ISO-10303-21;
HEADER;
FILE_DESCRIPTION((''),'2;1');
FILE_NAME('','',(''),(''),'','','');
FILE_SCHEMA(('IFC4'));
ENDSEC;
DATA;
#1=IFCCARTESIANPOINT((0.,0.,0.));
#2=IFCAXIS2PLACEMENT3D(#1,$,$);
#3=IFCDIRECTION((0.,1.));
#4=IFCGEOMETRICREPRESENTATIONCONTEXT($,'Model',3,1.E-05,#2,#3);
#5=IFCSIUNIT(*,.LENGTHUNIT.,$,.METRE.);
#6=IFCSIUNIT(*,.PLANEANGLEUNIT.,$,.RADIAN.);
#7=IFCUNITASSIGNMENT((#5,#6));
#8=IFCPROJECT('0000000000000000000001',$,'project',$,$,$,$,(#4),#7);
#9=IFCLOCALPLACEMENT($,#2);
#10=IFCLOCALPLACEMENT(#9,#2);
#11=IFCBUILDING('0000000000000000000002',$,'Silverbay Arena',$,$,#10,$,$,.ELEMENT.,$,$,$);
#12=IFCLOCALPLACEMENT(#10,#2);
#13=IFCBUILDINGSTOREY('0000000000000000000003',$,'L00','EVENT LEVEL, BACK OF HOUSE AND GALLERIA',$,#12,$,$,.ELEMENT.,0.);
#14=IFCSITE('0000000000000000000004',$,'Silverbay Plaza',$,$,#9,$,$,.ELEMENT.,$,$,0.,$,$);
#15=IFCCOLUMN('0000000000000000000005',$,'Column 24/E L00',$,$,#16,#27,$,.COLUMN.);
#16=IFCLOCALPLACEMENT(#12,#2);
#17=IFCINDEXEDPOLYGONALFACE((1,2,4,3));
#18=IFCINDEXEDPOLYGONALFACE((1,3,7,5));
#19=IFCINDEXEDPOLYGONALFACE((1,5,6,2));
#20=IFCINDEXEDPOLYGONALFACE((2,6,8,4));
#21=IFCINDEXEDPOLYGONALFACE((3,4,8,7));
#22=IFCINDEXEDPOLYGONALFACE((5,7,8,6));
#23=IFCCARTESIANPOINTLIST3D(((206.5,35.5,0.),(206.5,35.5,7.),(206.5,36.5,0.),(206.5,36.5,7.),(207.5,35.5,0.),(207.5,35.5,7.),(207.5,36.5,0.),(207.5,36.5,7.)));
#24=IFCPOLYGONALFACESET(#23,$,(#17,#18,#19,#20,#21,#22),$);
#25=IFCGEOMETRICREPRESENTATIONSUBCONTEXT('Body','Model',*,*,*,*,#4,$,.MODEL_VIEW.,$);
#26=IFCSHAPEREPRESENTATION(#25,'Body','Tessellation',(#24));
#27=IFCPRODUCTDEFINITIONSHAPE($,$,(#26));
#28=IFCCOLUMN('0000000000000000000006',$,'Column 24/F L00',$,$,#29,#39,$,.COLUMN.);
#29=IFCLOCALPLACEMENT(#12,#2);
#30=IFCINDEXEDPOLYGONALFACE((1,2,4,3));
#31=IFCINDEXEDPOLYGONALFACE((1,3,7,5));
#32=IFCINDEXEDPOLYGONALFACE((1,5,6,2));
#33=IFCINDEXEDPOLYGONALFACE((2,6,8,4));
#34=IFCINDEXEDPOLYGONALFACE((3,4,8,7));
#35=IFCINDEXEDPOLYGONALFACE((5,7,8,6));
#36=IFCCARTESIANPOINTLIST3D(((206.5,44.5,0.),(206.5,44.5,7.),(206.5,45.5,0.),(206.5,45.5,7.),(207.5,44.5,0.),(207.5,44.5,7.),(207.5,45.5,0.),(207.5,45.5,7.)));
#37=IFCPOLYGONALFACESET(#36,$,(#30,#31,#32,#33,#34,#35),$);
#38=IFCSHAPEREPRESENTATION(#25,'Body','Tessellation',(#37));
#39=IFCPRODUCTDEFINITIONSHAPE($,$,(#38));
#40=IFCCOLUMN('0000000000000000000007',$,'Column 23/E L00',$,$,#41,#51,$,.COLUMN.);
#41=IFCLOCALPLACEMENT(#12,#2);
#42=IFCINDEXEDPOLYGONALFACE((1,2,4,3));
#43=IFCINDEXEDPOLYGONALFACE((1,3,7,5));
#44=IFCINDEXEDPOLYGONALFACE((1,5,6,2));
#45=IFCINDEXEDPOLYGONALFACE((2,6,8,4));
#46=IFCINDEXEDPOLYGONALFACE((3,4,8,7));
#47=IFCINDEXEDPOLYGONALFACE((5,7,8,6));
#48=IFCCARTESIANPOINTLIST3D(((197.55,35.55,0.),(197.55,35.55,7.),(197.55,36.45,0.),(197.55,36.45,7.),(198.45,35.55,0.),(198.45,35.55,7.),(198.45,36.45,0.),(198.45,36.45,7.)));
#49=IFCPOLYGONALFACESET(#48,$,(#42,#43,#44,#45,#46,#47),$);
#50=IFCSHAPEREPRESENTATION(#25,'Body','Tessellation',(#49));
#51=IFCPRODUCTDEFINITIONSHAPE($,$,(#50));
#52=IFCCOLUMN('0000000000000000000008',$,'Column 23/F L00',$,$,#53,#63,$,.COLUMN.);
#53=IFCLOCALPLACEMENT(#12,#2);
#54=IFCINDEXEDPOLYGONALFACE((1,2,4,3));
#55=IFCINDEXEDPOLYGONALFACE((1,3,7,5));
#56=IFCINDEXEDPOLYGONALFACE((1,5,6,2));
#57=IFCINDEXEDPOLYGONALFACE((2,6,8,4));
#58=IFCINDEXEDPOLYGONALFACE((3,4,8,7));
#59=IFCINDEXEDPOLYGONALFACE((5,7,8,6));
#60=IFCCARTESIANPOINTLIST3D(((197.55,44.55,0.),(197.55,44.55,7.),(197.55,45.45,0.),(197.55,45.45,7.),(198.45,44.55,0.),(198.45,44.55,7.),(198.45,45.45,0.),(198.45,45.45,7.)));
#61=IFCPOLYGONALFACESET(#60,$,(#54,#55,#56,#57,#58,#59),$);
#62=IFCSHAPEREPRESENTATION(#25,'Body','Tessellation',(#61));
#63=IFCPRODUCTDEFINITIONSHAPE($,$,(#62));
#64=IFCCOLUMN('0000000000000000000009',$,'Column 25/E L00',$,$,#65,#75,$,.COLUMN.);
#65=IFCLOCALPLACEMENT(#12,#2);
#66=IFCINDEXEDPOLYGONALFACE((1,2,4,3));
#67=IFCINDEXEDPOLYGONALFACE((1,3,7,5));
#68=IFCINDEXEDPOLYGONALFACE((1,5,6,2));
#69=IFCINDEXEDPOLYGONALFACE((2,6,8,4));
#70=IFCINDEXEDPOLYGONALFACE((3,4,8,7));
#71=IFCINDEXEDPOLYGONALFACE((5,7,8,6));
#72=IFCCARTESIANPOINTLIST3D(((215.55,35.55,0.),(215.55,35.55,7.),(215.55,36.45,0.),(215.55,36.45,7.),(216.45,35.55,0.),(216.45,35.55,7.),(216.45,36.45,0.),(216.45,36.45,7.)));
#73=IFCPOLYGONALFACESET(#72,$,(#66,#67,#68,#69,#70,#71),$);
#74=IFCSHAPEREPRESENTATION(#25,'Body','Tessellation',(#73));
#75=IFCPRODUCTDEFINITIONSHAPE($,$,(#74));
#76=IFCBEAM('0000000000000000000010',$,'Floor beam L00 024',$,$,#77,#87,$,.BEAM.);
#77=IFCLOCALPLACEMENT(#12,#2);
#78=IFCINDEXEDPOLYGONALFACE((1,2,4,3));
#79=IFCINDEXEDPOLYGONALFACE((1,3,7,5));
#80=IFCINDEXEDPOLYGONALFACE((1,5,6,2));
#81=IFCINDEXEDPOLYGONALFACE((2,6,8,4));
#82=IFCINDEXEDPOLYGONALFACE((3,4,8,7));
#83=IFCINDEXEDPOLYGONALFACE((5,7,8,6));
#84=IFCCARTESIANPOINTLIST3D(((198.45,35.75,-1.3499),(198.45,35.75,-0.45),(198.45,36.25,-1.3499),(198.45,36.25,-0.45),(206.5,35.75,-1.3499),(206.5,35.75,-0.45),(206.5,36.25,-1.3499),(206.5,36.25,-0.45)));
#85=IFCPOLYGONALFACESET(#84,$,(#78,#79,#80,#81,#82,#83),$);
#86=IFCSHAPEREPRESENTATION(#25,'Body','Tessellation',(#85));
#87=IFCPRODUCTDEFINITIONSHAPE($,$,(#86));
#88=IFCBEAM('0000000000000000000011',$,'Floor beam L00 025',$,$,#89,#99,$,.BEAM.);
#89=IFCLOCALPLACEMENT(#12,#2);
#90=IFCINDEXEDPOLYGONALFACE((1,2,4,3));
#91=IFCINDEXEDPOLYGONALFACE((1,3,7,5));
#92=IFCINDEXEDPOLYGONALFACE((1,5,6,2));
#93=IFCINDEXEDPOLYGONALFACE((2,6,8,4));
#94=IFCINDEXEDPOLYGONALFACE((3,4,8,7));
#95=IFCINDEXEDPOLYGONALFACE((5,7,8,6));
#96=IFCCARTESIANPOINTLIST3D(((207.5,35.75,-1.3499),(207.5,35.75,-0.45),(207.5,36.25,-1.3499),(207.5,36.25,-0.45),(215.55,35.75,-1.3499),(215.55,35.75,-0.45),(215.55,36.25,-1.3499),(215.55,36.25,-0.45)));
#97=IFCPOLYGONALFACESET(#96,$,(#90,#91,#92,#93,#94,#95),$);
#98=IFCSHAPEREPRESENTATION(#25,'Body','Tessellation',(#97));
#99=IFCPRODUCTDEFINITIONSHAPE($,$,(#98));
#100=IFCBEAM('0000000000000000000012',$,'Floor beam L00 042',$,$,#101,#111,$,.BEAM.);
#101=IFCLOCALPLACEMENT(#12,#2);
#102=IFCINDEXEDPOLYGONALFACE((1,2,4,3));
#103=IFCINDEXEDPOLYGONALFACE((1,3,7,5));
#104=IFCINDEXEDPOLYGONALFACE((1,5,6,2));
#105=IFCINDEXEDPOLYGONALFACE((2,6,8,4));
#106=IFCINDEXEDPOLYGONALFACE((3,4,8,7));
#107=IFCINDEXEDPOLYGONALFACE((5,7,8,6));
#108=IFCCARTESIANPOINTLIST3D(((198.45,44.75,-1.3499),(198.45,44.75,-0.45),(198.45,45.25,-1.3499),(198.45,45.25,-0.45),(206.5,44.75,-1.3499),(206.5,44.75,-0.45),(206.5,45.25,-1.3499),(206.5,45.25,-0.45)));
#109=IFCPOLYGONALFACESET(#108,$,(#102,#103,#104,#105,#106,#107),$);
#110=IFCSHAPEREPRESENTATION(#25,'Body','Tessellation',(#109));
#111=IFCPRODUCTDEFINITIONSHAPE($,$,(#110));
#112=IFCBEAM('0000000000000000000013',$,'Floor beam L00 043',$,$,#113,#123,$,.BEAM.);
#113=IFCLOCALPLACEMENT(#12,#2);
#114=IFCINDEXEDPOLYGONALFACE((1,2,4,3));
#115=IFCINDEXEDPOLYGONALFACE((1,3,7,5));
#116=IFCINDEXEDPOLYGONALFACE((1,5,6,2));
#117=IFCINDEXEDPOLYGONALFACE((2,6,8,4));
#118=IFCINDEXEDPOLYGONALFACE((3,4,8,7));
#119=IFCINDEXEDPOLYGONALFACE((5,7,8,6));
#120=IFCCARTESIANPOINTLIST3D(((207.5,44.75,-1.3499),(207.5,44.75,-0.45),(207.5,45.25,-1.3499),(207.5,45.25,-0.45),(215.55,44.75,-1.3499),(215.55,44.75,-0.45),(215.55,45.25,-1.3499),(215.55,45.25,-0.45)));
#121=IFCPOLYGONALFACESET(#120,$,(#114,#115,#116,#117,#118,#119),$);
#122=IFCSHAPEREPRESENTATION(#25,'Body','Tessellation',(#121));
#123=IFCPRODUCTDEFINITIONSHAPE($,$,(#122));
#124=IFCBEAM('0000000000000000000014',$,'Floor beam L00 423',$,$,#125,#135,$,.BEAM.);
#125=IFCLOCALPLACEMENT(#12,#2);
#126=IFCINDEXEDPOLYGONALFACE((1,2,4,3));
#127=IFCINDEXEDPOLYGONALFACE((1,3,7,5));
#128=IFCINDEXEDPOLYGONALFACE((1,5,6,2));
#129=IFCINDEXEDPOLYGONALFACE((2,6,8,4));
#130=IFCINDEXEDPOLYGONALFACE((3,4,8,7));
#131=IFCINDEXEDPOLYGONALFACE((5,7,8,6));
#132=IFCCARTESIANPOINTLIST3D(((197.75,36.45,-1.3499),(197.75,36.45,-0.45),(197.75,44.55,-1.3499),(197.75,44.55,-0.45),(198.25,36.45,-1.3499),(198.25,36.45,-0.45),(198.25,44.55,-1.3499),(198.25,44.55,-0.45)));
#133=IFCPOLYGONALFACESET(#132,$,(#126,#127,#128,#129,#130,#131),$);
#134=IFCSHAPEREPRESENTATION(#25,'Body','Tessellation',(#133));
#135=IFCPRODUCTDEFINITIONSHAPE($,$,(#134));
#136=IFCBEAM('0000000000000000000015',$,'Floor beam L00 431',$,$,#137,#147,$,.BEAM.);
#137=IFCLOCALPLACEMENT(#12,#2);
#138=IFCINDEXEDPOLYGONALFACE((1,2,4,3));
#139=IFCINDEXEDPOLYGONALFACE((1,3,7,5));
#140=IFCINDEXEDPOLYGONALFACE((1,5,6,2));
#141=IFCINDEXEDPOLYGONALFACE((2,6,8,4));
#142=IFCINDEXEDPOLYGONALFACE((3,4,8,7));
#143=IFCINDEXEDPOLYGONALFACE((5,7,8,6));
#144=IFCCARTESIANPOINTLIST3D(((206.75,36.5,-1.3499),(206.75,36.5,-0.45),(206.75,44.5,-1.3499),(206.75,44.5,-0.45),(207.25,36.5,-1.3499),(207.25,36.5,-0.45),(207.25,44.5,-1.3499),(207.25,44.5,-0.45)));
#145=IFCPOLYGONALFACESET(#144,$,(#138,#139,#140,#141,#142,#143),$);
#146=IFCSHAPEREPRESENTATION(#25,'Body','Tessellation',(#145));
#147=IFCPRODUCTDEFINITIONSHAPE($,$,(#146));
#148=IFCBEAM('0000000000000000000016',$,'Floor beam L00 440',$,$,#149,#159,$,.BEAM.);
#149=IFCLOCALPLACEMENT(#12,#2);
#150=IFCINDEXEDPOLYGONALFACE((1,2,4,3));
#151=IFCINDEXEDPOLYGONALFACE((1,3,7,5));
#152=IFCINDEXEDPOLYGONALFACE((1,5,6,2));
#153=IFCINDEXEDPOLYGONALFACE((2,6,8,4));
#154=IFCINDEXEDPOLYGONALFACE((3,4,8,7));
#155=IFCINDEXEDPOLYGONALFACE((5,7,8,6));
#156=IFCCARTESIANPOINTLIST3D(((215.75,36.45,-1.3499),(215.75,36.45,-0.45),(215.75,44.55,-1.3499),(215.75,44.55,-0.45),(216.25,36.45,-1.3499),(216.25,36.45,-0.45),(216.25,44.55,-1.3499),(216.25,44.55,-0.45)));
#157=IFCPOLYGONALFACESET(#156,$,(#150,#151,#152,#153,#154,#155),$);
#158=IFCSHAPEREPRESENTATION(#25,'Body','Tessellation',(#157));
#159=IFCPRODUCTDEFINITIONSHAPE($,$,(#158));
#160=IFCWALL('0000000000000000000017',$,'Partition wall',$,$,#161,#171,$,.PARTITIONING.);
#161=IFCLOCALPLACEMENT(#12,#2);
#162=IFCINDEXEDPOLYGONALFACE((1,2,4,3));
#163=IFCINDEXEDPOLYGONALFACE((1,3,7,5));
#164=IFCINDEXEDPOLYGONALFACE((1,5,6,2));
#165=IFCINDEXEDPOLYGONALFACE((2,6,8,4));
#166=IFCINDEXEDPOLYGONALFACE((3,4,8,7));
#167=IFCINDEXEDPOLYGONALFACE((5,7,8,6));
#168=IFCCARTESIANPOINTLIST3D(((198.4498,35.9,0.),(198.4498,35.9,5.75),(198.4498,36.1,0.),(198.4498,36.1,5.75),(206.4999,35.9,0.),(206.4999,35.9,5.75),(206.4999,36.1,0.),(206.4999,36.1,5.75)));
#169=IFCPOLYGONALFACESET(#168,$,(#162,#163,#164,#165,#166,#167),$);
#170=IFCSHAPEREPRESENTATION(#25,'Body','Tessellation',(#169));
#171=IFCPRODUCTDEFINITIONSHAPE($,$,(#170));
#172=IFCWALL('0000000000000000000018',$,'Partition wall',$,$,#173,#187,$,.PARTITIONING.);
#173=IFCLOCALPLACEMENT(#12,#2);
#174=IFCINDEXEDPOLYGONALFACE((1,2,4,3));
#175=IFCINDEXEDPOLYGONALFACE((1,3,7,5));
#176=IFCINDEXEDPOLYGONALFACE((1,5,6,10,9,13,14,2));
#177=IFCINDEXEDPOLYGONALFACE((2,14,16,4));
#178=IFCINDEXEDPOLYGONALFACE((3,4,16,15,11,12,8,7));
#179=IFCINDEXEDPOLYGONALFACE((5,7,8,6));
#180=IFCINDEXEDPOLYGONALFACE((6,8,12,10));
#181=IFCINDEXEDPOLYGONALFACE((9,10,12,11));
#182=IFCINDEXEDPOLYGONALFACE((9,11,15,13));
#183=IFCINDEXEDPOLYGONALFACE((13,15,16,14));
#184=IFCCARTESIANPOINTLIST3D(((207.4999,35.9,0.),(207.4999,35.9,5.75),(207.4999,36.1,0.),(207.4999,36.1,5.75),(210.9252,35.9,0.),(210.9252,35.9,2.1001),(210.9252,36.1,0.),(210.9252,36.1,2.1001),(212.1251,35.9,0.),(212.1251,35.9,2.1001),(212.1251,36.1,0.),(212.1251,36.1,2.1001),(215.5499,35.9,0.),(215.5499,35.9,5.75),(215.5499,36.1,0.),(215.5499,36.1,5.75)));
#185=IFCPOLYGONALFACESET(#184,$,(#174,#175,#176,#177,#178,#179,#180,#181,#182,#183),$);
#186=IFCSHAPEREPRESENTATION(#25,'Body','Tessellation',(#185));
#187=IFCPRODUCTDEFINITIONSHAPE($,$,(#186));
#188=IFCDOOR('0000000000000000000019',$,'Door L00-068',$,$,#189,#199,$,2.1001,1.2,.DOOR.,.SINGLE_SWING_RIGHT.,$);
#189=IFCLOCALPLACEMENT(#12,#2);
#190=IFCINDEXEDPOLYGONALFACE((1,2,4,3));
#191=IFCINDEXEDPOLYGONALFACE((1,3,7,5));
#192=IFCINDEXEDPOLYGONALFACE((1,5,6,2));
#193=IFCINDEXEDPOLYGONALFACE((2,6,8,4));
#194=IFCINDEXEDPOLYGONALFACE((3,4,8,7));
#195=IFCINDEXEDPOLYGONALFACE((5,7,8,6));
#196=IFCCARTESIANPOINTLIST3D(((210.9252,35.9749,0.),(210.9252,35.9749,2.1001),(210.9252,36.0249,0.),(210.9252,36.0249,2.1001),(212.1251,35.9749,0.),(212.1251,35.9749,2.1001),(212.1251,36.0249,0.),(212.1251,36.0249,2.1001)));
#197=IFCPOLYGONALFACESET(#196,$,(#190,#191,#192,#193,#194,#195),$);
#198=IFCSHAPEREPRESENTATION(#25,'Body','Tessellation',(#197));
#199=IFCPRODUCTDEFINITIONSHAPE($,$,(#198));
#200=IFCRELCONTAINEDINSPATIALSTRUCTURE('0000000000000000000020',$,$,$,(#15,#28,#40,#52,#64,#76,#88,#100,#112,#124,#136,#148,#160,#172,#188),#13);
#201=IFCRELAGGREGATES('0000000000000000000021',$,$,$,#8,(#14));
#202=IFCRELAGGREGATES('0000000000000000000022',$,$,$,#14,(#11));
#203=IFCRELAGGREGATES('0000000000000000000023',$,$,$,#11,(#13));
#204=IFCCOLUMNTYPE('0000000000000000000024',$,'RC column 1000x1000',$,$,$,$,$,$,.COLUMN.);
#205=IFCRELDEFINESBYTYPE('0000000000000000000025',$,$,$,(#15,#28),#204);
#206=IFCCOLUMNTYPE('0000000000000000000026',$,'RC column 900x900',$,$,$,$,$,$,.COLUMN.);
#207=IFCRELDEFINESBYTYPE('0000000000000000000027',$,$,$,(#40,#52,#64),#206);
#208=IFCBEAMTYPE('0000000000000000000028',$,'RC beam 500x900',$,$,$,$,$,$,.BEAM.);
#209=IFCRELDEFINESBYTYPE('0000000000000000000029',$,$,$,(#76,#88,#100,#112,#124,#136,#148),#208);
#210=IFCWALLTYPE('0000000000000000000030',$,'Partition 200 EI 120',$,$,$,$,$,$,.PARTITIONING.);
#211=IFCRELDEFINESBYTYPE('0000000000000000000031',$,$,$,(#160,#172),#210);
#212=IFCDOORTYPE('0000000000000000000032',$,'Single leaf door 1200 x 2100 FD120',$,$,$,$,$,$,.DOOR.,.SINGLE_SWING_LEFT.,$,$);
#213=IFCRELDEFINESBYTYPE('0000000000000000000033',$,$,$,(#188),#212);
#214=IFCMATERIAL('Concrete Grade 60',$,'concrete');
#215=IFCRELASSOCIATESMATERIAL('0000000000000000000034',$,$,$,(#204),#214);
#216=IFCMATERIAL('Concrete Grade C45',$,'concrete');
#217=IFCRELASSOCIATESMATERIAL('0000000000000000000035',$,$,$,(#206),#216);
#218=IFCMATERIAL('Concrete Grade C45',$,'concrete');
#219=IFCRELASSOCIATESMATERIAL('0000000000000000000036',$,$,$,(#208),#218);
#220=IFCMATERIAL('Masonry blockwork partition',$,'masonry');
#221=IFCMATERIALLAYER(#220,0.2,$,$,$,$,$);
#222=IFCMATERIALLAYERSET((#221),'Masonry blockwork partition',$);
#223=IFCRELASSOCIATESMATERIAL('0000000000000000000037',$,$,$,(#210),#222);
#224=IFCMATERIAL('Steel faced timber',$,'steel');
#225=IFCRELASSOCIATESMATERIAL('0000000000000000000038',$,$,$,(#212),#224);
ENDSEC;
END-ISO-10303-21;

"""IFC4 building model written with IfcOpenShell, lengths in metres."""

from ifc_helpers import new_model, si_unit, direction, frame, frame_2d, origin, origin_2d, place, context, subcontext, project, spatial, rectangle, extrude, material, layer, layer_set, material_profile, profile_set, type_object, element, fill, save


model = new_model("IFC4")

# Units and contexts
model_context = context("Model", 3, precision=1e-05, world=origin(), true_north=direction((0.0, 1.0)))
body_context = subcontext(model_context, "Body", "Model", "MODEL_VIEW")
ifc_project = project(units=[si_unit("LENGTHUNIT", "METRE"), si_unit("PLANEANGLEUNIT", "RADIAN")], contexts=[model_context])

# Site, building, storey
site_placement = place(None, origin())
site = spatial("IfcSite", under=ifc_project, at=site_placement, Name="Silverbay Plaza", CompositionType="ELEMENT", RefElevation=0.0)
building_placement = place(site_placement, origin())
building = spatial("IfcBuilding", under=site, at=building_placement, Name="Silverbay Arena", CompositionType="ELEMENT")
storey_placement = place(building_placement, origin())
storey = spatial("IfcBuildingStorey", under=building, at=storey_placement, Name="L00", Description="EVENT LEVEL, BACK OF HOUSE AND GALLERIA", CompositionType="ELEMENT", Elevation=0.0)

# Columns
ifc_material_1 = material(Name="Concrete Grade 60", Category="concrete")
ifc_material_profile_1 = material_profile(ifc_material_1, rectangle(XDim=1.0, YDim=1.0, at=origin_2d()), Name="RC 1000x1000")
ifc_profile_set_1 = profile_set([ifc_material_profile_1], Name="Concrete Grade 60")
column_type_1 = type_object("IfcColumnType", Name="RC column 1000x1000", PredefinedType="COLUMN", material=ifc_profile_set_1)
for number, where, z_axis, x_axis, name in (
    (1, (207.0, 36.0, 0.0), (0.0, 0.0, 1.0), (1.0, 0.0, 0.0), "Column 24/E L00"),
    (2, (207.0, 45.0, 0.0), (0.0, 0.0, 1.0), (1.0, 0.0, 0.0), "Column 24/F L00"),
):
    element("IfcColumn", number, at=place(storey_placement, frame(where, z_axis=z_axis, x_axis=x_axis)), inside=storey, type_object=column_type_1, Name=name, PredefinedType="COLUMN", context=body_context, shape_type="SweptSolid", body=[
        extrude(rectangle(XDim=1.0, YDim=1.0, at=origin_2d()), origin(), (0.0, 0.0, 1.0), 7.0),
    ])
ifc_material_2 = material(Name="Concrete Grade C45", Category="concrete")
ifc_material_profile_2 = material_profile(ifc_material_2, rectangle(XDim=0.8999, YDim=0.8999, at=origin_2d()), Name="RC 900x900")
ifc_profile_set_2 = profile_set([ifc_material_profile_2], Name="Concrete Grade C45")
column_type_2 = type_object("IfcColumnType", Name="RC column 900x900", PredefinedType="COLUMN", material=ifc_profile_set_2)
for number, where, z_axis, x_axis, name in (
    (3, (198.0, 36.0, 0.0), (0.0, 0.0, 1.0), (1.0, 0.0, 0.0), "Column 23/E L00"),
    (4, (198.0, 45.0, 0.0), (0.0, 0.0, 1.0), (1.0, 0.0, 0.0), "Column 23/F L00"),
    (5, (216.0, 36.0, 0.0), (0.0, 0.0, 1.0), (1.0, 0.0, 0.0), "Column 25/E L00"),
):
    element("IfcColumn", number, at=place(storey_placement, frame(where, z_axis=z_axis, x_axis=x_axis)), inside=storey, type_object=column_type_2, Name=name, PredefinedType="COLUMN", context=body_context, shape_type="SweptSolid", body=[
        extrude(rectangle(XDim=0.8999, YDim=0.8999, at=origin_2d()), origin(), (0.0, 0.0, 1.0), 7.0),
    ])

# Beams
ifc_material_3 = material(Name="Concrete Grade C45", Category="concrete")
ifc_material_profile_3 = material_profile(ifc_material_3, rectangle(XDim=0.5, YDim=0.8999, at=origin_2d()), Name="RC 500x900")
ifc_profile_set_3 = profile_set([ifc_material_profile_3], Name="Concrete Grade C45")
beam_type = type_object("IfcBeamType", Name="RC beam 500x900", PredefinedType="BEAM", material=ifc_profile_set_3)
for number, where, z_axis, x_axis, name in (
    (6, (198.45, 36.0, -0.8999), (1.0, 0.0, 0.0), (0.0, 1.0, 0.0), "Floor beam L00 024"),
    (7, (207.5, 36.0, -0.8999), (1.0, 0.0, 0.0), (0.0, 1.0, 0.0), "Floor beam L00 025"),
    (8, (198.45, 45.0, -0.8999), (1.0, 0.0, 0.0), (0.0, 1.0, 0.0), "Floor beam L00 042"),
    (9, (207.5, 45.0, -0.8999), (1.0, 0.0, 0.0), (0.0, 1.0, 0.0), "Floor beam L00 043"),
):
    element("IfcBeam", number, at=place(storey_placement, frame(where, z_axis=z_axis, x_axis=x_axis)), inside=storey, type_object=beam_type, Name=name, PredefinedType="BEAM", context=body_context, shape_type="SweptSolid", body=[
        extrude(rectangle(XDim=0.5, YDim=0.8999, at=origin_2d()), origin(), (0.0, 0.0, 1.0), 8.05),
    ])
beam_1_placement = place(storey_placement, frame((198.0, 36.45, -0.8999), z_axis=(0.0, 1.0, 0.0), x_axis=(-1.0, 0.0, 0.0)))
element("IfcBeam", 10, at=beam_1_placement, inside=storey, type_object=beam_type, Name="Floor beam L00 423", PredefinedType="BEAM", context=body_context, shape_type="SweptSolid", body=[
    extrude(rectangle(XDim=0.5, YDim=0.8999, at=origin_2d()), origin(), (0.0, 0.0, 1.0), 8.1001),
])
beam_2_placement = place(storey_placement, frame((207.0, 36.5, -0.8999), z_axis=(0.0, 1.0, 0.0), x_axis=(-1.0, 0.0, 0.0)))
element("IfcBeam", 11, at=beam_2_placement, inside=storey, type_object=beam_type, Name="Floor beam L00 431", PredefinedType="BEAM", context=body_context, shape_type="SweptSolid", body=[
    extrude(rectangle(XDim=0.5, YDim=0.8999, at=origin_2d()), origin(), (0.0, 0.0, 1.0), 8.0),
])
beam_3_placement = place(storey_placement, frame((216.0, 36.45, -0.8999), z_axis=(0.0, 1.0, 0.0), x_axis=(-1.0, 0.0, 0.0)))
element("IfcBeam", 12, at=beam_3_placement, inside=storey, type_object=beam_type, Name="Floor beam L00 440", PredefinedType="BEAM", context=body_context, shape_type="SweptSolid", body=[
    extrude(rectangle(XDim=0.5, YDim=0.8999, at=origin_2d()), origin(), (0.0, 0.0, 1.0), 8.1001),
])

# Wall
ifc_material_4 = material(Name="Masonry blockwork partition", Category="masonry")
ifc_layer_1 = layer(ifc_material_4, 0.2)
ifc_layer_set_1 = layer_set([ifc_layer_1], Name="Masonry blockwork partition")
wall_type_1 = type_object("IfcWallType", Name="Partition 200 EI 120", PredefinedType="PARTITIONING", material=ifc_layer_set_1)
wall_1_placement = place(storey_placement, frame((198.45, 36.0, 0.0), z_axis=(0.0, 0.0, 1.0), x_axis=(1.0, 0.0, 0.0)))
element("IfcWall", 13, at=wall_1_placement, inside=storey, type_object=wall_type_1, Name="Partition wall", PredefinedType="PARTITIONING", context=body_context, shape_type="SweptSolid", body=[
    extrude(rectangle(XDim=8.05, YDim=0.2, at=frame_2d((4.0249, 0.0))), origin(), (0.0, 0.0, 1.0), 5.75),
])

# Wall, opening, door
wall_2_placement = place(storey_placement, frame((207.5, 36.0, 0.0), z_axis=(0.0, 0.0, 1.0), x_axis=(1.0, 0.0, 0.0)))
wall_2 = element("IfcWall", 14, at=wall_2_placement, inside=storey, type_object=wall_type_1, Name="Partition wall", PredefinedType="PARTITIONING", context=body_context, shape_type="SweptSolid", body=[
    extrude(rectangle(XDim=8.05, YDim=0.2, at=frame_2d((4.0249, 0.0))), origin(), (0.0, 0.0, 1.0), 5.75),
])
opening_1_placement = place(wall_2_placement, frame((3.425, 0.0, 0.0)))
opening_1 = element("IfcOpeningElement", 15, at=opening_1_placement, cuts=wall_2, PredefinedType="OPENING", context=body_context, shape_type="SweptSolid", body=[
    extrude(rectangle(XDim=1.2, YDim=2.1001, at=frame_2d((0.6001, 1.05))), frame((0.0, 0.1099, 0.0), z_axis=(0.0, -1.0, 0.0), x_axis=(1.0, 0.0, 0.0)), (0.0, 0.0, 1.0), 0.22),
])
ifc_material_5 = material(Name="Steel faced timber", Category="steel")
door_type_1 = type_object("IfcDoorType", Name="Single leaf door 1200 x 2100 FD120", OperationType="SINGLE_SWING_LEFT", PredefinedType="DOOR", material=ifc_material_5)
door_1_placement = place(opening_1_placement, origin())
door_1 = element("IfcDoor", 16, at=door_1_placement, inside=storey, type_object=door_type_1, Name="Door L00-068", OperationType="SINGLE_SWING_RIGHT", OverallHeight=2.1001, OverallWidth=1.2, PredefinedType="DOOR", context=body_context, shape_type="SweptSolid", body=[
    extrude(rectangle(XDim=1.2, YDim=2.1001, at=frame_2d((0.6001, 1.05))), frame((0.0, 0.0249, 0.0), z_axis=(0.0, -1.0, 0.0), x_axis=(1.0, 0.0, 0.0)), (0.0, 0.0, 1.0), 0.05),
])
fill(opening_1, door_1)

save(model, "model.ifc")
